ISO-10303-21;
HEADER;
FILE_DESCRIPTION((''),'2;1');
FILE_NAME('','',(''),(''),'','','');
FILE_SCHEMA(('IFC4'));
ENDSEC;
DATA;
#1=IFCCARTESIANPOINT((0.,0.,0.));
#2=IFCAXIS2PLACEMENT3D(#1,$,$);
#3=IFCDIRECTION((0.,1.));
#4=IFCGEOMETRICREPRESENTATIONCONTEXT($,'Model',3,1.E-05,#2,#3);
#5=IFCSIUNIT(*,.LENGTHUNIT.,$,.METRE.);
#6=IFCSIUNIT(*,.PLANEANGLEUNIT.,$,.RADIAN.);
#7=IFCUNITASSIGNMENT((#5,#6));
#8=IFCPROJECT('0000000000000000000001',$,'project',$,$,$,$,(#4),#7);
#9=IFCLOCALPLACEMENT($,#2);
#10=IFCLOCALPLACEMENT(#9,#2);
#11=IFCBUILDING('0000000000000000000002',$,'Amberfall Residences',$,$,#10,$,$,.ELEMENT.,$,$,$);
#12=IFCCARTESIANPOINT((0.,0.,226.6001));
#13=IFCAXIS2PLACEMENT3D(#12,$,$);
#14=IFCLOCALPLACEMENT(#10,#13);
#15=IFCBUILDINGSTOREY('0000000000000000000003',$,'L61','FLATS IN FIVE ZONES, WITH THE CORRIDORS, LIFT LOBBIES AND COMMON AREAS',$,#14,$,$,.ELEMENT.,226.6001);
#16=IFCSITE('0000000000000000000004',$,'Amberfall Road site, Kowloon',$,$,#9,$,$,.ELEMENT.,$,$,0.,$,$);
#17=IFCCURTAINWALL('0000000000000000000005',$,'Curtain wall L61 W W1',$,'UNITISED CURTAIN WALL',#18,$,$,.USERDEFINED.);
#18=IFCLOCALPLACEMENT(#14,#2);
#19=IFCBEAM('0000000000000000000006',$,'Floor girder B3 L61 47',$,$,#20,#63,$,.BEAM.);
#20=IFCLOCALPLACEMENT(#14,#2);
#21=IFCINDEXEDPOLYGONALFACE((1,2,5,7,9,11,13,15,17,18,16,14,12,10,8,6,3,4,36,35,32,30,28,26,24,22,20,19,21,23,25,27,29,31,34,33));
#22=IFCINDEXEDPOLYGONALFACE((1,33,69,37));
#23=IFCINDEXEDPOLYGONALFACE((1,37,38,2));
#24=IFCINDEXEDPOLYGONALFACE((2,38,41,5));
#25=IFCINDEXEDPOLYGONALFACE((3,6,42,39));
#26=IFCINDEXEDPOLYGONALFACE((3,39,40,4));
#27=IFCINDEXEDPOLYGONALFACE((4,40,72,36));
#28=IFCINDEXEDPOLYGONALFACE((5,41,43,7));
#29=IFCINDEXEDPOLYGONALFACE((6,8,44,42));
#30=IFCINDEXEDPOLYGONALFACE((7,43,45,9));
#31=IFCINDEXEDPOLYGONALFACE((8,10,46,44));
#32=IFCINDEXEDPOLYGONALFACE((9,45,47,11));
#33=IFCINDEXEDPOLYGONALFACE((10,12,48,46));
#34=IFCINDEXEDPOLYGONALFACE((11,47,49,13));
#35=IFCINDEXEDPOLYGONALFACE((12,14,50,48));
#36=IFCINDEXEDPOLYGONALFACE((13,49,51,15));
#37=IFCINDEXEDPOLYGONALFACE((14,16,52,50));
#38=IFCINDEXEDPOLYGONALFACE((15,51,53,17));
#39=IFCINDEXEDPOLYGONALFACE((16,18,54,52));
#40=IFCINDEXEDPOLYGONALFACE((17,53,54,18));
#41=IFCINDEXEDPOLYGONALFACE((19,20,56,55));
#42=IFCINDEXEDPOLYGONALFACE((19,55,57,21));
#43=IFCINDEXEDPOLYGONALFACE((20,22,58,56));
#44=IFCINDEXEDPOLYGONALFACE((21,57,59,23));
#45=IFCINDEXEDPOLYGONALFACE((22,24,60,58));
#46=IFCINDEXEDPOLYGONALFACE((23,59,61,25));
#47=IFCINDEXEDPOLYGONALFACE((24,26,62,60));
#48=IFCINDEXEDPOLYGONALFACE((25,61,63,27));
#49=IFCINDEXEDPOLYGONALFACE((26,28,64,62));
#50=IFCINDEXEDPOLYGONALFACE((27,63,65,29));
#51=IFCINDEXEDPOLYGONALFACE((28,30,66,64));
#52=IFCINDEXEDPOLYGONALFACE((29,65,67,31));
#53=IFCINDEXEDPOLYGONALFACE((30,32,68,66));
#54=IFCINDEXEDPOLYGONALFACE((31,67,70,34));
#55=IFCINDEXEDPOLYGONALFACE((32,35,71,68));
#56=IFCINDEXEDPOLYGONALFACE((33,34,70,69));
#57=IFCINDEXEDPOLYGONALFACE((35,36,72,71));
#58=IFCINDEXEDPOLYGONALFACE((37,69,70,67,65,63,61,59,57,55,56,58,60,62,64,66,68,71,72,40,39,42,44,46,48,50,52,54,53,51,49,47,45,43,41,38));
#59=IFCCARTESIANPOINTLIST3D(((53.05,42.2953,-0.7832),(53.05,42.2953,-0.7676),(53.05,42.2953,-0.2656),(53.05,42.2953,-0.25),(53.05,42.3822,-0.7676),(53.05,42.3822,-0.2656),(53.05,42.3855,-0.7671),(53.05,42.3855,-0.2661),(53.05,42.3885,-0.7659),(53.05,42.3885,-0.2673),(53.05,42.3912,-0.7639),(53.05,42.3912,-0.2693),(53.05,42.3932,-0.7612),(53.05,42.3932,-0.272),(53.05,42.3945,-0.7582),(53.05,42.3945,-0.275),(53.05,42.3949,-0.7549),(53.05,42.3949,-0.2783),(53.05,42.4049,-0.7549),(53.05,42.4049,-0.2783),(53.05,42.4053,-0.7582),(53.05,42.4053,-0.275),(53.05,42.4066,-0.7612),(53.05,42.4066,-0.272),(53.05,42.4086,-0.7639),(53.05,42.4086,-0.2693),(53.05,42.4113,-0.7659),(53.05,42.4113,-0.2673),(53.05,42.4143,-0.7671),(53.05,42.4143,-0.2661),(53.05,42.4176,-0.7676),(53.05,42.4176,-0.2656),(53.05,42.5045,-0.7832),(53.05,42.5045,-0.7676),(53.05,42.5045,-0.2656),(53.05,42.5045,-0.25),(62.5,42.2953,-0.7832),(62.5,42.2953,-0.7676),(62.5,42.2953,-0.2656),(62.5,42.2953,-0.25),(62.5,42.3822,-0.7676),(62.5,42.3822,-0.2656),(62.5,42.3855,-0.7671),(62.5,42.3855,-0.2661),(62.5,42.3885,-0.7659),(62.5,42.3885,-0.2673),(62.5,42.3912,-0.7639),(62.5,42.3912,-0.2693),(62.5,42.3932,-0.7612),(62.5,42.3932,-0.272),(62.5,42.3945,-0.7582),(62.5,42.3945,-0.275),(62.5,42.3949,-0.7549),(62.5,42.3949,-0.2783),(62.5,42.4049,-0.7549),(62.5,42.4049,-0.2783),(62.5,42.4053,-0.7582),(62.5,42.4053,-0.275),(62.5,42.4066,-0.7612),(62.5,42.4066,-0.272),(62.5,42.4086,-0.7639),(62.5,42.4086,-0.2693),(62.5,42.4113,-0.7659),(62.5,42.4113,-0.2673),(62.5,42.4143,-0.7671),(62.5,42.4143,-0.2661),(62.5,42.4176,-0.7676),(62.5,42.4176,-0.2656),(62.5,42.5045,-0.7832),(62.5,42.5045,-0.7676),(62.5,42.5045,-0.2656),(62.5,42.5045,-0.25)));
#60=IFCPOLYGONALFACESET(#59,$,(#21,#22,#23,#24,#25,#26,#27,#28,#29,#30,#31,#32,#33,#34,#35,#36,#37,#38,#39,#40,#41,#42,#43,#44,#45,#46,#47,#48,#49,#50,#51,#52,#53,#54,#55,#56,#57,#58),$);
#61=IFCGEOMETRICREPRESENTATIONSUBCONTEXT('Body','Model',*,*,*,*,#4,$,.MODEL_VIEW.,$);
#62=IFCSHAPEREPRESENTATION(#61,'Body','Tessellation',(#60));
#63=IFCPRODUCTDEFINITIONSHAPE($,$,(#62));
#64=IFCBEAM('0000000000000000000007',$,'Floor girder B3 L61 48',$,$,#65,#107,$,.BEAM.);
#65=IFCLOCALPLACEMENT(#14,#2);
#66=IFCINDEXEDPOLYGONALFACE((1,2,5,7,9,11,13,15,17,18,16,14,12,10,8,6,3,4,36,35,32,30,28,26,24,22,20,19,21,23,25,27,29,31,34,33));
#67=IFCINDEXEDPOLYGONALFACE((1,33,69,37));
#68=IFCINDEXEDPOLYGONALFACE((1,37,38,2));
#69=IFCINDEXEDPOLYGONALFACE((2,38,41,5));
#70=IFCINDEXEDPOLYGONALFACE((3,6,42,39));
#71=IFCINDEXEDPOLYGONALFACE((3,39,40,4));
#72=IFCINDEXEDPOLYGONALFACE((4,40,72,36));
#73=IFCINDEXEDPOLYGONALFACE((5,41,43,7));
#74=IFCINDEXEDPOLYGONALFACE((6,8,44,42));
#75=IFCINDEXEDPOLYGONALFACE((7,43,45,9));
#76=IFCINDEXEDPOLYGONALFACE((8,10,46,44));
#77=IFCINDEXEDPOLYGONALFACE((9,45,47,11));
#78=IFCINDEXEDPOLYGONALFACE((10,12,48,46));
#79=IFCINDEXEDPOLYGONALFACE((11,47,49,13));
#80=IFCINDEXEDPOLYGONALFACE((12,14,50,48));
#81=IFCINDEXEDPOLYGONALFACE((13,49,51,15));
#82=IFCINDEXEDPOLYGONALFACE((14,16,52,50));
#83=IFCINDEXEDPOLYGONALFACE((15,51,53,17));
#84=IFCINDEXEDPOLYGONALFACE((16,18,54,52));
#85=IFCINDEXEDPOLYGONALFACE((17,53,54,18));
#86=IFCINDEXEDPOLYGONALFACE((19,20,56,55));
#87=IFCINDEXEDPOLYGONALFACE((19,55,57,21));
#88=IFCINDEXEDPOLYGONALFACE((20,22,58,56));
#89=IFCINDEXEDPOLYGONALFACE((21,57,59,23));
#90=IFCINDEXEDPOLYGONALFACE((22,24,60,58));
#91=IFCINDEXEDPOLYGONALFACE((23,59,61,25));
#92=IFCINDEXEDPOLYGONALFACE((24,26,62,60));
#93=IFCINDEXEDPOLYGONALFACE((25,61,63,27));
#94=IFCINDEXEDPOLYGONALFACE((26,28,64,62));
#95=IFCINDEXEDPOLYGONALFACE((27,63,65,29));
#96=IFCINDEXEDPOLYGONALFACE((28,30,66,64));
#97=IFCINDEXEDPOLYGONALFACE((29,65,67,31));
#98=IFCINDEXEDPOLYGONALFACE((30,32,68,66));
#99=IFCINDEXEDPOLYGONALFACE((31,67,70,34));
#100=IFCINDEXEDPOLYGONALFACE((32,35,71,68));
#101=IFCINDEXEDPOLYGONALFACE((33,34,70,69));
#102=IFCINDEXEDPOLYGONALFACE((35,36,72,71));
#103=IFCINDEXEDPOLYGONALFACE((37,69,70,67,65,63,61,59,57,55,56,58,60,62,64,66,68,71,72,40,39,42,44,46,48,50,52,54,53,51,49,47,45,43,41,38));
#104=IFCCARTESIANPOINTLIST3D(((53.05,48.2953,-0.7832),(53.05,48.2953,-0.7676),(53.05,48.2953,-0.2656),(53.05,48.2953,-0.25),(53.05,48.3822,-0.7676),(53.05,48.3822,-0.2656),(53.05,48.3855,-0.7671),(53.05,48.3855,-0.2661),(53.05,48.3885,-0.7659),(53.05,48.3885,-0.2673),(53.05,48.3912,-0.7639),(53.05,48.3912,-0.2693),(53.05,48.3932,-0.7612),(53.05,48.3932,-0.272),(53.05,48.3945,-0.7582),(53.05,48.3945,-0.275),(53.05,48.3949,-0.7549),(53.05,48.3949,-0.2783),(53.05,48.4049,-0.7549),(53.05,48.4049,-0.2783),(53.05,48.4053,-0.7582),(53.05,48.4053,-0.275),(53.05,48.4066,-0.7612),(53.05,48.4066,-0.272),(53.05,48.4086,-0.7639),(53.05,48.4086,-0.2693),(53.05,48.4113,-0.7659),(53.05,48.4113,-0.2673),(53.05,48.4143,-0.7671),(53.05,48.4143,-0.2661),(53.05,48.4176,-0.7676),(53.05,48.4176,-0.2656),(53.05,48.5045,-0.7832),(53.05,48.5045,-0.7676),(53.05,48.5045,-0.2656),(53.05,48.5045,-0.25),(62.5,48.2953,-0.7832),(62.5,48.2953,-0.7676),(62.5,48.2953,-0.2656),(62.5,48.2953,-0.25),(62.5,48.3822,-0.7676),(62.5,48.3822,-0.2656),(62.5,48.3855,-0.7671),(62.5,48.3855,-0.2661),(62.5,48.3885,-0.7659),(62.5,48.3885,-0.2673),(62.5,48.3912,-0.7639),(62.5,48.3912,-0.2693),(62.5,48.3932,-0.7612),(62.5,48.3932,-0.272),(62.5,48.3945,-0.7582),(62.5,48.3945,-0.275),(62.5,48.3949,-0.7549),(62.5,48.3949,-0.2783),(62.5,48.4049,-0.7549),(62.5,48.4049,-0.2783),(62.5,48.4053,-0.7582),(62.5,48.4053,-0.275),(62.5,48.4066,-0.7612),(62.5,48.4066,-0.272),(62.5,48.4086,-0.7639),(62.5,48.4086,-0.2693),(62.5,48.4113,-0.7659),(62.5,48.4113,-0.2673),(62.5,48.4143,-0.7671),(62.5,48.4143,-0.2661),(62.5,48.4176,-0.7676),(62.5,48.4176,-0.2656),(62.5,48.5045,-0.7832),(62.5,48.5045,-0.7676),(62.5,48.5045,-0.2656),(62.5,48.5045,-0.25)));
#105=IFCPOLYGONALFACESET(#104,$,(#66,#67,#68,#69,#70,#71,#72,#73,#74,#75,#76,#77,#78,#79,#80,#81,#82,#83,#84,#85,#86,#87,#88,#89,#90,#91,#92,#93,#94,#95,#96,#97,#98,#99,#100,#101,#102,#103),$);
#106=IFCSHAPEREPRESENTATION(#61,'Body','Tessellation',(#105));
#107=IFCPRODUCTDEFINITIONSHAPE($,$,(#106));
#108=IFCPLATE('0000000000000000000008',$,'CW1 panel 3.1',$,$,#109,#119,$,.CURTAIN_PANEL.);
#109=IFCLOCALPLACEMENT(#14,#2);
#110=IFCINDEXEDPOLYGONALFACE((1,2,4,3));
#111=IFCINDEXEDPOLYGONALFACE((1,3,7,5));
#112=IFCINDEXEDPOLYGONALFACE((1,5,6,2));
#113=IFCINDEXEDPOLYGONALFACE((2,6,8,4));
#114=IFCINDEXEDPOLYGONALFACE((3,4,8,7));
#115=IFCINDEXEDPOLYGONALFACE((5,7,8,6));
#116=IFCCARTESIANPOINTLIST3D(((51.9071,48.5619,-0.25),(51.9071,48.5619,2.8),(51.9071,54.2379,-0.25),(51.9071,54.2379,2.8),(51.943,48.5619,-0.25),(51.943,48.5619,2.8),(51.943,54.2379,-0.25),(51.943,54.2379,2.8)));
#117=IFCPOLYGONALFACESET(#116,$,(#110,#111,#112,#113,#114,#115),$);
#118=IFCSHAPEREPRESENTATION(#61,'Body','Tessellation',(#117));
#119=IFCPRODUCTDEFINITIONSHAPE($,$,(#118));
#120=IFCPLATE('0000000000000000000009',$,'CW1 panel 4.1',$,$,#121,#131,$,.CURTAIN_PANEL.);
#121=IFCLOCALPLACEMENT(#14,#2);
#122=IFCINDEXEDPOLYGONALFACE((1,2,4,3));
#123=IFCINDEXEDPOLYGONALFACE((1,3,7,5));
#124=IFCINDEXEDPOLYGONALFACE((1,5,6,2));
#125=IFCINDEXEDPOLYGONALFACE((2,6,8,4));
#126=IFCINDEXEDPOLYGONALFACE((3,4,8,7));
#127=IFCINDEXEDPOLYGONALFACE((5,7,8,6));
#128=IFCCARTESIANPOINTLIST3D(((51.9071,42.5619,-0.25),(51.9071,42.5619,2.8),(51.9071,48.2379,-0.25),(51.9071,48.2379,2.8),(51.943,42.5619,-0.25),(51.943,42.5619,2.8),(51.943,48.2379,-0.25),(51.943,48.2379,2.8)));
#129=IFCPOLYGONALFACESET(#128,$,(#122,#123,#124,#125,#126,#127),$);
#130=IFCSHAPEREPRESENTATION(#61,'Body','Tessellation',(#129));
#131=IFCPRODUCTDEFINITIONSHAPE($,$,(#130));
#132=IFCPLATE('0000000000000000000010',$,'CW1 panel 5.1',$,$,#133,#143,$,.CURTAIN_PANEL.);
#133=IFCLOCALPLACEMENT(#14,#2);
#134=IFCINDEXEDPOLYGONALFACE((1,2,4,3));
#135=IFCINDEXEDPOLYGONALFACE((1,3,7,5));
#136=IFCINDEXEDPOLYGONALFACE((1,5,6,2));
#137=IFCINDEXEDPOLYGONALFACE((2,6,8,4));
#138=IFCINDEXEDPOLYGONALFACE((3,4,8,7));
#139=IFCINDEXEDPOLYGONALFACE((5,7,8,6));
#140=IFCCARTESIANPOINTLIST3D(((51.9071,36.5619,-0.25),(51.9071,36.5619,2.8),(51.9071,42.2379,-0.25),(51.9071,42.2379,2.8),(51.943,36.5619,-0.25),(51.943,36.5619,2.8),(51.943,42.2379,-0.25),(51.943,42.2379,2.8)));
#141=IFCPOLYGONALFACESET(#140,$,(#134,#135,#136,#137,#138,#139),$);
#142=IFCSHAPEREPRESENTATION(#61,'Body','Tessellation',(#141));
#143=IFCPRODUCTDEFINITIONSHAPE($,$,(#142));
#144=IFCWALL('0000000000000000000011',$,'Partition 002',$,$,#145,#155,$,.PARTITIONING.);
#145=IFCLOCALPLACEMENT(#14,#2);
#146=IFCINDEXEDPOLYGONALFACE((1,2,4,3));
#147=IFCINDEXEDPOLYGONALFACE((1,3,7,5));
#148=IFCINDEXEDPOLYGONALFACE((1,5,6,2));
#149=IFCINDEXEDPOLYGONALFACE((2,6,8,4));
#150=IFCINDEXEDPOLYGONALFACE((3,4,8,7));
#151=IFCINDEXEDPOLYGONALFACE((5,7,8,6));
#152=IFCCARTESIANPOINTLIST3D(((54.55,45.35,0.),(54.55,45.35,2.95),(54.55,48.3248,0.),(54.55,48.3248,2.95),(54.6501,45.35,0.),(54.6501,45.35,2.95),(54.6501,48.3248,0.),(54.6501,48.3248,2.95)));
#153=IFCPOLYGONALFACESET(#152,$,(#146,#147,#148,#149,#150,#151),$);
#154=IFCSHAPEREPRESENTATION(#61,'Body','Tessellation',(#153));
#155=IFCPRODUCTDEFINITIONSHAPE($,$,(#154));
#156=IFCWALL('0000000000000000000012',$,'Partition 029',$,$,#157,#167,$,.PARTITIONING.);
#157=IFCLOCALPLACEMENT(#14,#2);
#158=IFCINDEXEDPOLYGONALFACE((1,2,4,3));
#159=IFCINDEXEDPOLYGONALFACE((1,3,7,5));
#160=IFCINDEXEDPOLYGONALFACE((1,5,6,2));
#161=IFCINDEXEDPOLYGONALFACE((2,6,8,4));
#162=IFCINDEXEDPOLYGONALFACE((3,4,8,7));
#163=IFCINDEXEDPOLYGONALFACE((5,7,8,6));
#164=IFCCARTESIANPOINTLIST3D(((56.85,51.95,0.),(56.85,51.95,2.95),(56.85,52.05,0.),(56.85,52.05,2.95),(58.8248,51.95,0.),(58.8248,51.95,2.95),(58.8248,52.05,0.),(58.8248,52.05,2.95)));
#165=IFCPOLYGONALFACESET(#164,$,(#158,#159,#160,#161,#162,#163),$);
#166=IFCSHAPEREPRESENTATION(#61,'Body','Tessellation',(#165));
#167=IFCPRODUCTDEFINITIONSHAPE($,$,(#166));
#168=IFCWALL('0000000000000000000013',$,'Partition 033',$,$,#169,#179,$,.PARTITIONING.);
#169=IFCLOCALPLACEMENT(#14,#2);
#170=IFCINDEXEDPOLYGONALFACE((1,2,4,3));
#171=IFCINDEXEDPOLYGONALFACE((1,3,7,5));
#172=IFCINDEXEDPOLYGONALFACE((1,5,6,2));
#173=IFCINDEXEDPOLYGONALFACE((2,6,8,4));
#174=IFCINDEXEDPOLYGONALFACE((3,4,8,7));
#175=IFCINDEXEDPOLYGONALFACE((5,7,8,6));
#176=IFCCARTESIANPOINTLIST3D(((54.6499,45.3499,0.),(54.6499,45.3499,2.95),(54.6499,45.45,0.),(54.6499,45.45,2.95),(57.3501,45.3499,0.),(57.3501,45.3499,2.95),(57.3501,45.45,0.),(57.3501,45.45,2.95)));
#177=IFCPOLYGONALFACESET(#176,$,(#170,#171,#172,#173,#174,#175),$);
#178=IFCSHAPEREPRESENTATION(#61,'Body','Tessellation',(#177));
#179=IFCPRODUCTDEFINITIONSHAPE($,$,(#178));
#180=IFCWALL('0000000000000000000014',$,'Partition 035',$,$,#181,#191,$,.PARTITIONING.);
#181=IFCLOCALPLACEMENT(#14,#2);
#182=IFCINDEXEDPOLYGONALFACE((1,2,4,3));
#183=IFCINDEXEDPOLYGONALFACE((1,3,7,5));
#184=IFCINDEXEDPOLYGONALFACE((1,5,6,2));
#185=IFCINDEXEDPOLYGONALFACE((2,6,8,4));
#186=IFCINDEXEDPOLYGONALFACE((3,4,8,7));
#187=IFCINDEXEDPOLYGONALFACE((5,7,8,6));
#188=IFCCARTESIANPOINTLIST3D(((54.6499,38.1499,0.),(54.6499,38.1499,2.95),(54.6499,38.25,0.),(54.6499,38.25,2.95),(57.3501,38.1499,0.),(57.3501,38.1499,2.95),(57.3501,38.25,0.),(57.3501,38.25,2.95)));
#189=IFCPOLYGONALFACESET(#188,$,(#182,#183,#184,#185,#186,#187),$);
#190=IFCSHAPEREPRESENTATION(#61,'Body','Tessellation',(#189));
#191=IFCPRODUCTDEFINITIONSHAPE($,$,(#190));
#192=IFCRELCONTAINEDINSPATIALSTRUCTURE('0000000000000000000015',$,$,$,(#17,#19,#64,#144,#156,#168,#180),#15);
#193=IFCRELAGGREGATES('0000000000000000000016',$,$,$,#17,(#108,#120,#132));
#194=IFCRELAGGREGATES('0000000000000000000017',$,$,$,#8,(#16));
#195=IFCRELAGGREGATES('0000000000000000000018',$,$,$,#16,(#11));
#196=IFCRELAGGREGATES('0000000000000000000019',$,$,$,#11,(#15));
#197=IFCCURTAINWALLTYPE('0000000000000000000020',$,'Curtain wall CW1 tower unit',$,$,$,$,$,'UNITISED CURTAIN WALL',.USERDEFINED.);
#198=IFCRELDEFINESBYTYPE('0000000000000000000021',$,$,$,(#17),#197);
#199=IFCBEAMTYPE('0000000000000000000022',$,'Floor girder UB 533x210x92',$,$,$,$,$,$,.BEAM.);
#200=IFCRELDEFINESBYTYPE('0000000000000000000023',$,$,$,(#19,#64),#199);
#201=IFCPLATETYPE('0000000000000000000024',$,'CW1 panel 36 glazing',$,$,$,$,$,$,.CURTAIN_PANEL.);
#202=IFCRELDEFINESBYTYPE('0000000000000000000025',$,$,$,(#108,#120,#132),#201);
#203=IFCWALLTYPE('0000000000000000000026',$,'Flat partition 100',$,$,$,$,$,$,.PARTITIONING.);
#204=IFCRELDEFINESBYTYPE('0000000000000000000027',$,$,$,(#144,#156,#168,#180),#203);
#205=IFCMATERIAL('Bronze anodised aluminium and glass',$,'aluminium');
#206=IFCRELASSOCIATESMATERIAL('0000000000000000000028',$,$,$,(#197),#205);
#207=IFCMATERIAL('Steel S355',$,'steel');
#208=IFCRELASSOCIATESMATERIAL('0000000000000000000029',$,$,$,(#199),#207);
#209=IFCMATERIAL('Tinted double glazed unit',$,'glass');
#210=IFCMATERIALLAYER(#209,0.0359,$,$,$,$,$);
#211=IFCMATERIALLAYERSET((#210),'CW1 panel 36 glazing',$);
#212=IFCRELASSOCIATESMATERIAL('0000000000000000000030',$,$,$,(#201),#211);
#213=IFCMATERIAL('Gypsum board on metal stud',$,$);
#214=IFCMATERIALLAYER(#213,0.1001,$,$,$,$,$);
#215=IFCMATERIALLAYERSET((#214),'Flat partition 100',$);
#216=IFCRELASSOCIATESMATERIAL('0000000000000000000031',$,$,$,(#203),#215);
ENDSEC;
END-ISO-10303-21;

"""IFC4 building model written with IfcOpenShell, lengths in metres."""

from ifc_helpers import new_model, si_unit, direction, frame, frame_2d, origin, origin_2d, place, context, subcontext, project, spatial, rectangle, i_section, extrude, material, layer, layer_set, material_profile, profile_set, type_object, element, aggregate, save


model = new_model("IFC4")

# Units and contexts
model_context = context("Model", 3, precision=1e-05, world=origin(), true_north=direction((0.0, 1.0)))
body_context = subcontext(model_context, "Body", "Model", "MODEL_VIEW")
ifc_project = project(units=[si_unit("LENGTHUNIT", "METRE"), si_unit("PLANEANGLEUNIT", "RADIAN")], contexts=[model_context])

# Site, building, storey
site_placement = place(None, origin())
site = spatial("IfcSite", under=ifc_project, at=site_placement, Name="Amberfall Road site, Kowloon", CompositionType="ELEMENT", RefElevation=0.0)
building_placement = place(site_placement, origin())
building = spatial("IfcBuilding", under=site, at=building_placement, Name="Amberfall Residences", CompositionType="ELEMENT")
storey_placement = place(building_placement, frame((0.0, 0.0, 226.6001)))
storey = spatial("IfcBuildingStorey", under=building, at=storey_placement, Name="L61", Description="FLATS IN FIVE ZONES, WITH THE CORRIDORS, LIFT LOBBIES AND COMMON AREAS", CompositionType="ELEMENT", Elevation=226.6001)

# Curtain wall
ifc_material_1 = material(Name="Bronze anodised aluminium and glass", Category="aluminium")
curtain_wall_type = type_object("IfcCurtainWallType", Name="Curtain wall CW1 tower unit", ElementType="UNITISED CURTAIN WALL", PredefinedType="USERDEFINED", material=ifc_material_1)
curtain_wall_placement = place(storey_placement, origin())
curtain_wall = element("IfcCurtainWall", 1, at=curtain_wall_placement, inside=storey, type_object=curtain_wall_type, Name="Curtain wall L61 W W1", ObjectType="UNITISED CURTAIN WALL", PredefinedType="USERDEFINED")

# Shared definitions
ifc_material_2 = material(Name="Steel S355", Category="steel")

# Beams
ifc_material_profile_1 = material_profile(ifc_material_2, i_section(OverallWidth=0.2092, OverallDepth=0.5332, WebThickness=0.01, FlangeThickness=0.0156, FilletRadius=0.0127, at=origin_2d()), Name="UB 533x210x92")
ifc_profile_set_1 = profile_set([ifc_material_profile_1], Name="Steel S355")
beam_type_1 = type_object("IfcBeamType", Name="Floor girder UB 533x210x92", PredefinedType="BEAM", material=ifc_profile_set_1)
for number, where, z_axis, x_axis, name in (
    (2, (53.05, 42.3999, -0.5166), (1.0, 0.0, 0.0), (0.0, 1.0, 0.0), "Floor girder B3 L61 47"),
    (3, (53.05, 48.3999, -0.5166), (1.0, 0.0, 0.0), (0.0, 1.0, 0.0), "Floor girder B3 L61 48"),
):
    element("IfcBeam", number, at=place(storey_placement, frame(where, z_axis=z_axis, x_axis=x_axis)), inside=storey, type_object=beam_type_1, Name=name, PredefinedType="BEAM", context=body_context, shape_type="SweptSolid", body=[
        extrude(i_section(OverallWidth=0.2092, OverallDepth=0.5332, WebThickness=0.01, FlangeThickness=0.0156, FilletRadius=0.0127, at=origin_2d()), origin(), (0.0, 0.0, 1.0), 9.45),
    ])

# Plates
ifc_material_3 = material(Name="Tinted double glazed unit", Category="glass")
ifc_layer_1 = layer(ifc_material_3, 0.0359)
ifc_layer_set_1 = layer_set([ifc_layer_1], Name="CW1 panel 36 glazing")
plate_type = type_object("IfcPlateType", Name="CW1 panel 36 glazing", PredefinedType="CURTAIN_PANEL", material=ifc_layer_set_1)
plate_1_placement = place(storey_placement, frame((51.925, 51.3999, -0.25), z_axis=(0.0, 0.0, 1.0), x_axis=(0.0, -1.0, 0.0)))
plate_1 = element("IfcPlate", 4, at=plate_1_placement, type_object=plate_type, Name="CW1 panel 3.1", PredefinedType="CURTAIN_PANEL", context=body_context, shape_type="SweptSolid", body=[
    extrude(rectangle(XDim=5.676, YDim=0.0359, at=origin_2d()), origin(), (0.0, 0.0, 1.0), 3.05),
])
plate_2_placement = place(storey_placement, frame((51.925, 45.3999, -0.25), z_axis=(0.0, 0.0, 1.0), x_axis=(0.0, -1.0, 0.0)))
plate_2 = element("IfcPlate", 5, at=plate_2_placement, type_object=plate_type, Name="CW1 panel 4.1", PredefinedType="CURTAIN_PANEL", context=body_context, shape_type="SweptSolid", body=[
    extrude(rectangle(XDim=5.676, YDim=0.0359, at=origin_2d()), origin(), (0.0, 0.0, 1.0), 3.05),
])
plate_3_placement = place(storey_placement, frame((51.925, 39.3999, -0.25), z_axis=(0.0, 0.0, 1.0), x_axis=(0.0, -1.0, 0.0)))
plate_3 = element("IfcPlate", 6, at=plate_3_placement, type_object=plate_type, Name="CW1 panel 5.1", PredefinedType="CURTAIN_PANEL", context=body_context, shape_type="SweptSolid", body=[
    extrude(rectangle(XDim=5.676, YDim=0.0359, at=origin_2d()), origin(), (0.0, 0.0, 1.0), 3.05),
])
aggregate(curtain_wall, [plate_1, plate_2, plate_3])

# Walls
ifc_material_4 = material(Name="Gypsum board on metal stud")
ifc_layer_2 = layer(ifc_material_4, 0.1001)
ifc_layer_set_2 = layer_set([ifc_layer_2], Name="Flat partition 100")
wall_type_1 = type_object("IfcWallType", Name="Flat partition 100", PredefinedType="PARTITIONING", material=ifc_layer_set_2)
wall_1_placement = place(storey_placement, frame((54.6001, 45.3501, 0.0), z_axis=(0.0, 0.0, 1.0), x_axis=(0.0, 1.0, 0.0)))
element("IfcWall", 7, at=wall_1_placement, inside=storey, type_object=wall_type_1, Name="Partition 002", PredefinedType="PARTITIONING", context=body_context, shape_type="SweptSolid", body=[
    extrude(rectangle(XDim=2.9749, YDim=0.1001, at=frame_2d((1.4873, 0.0))), origin(), (0.0, 0.0, 1.0), 2.95),
])
wall_2_placement = place(storey_placement, frame((56.8501, 52.0, 0.0), z_axis=(0.0, 0.0, 1.0), x_axis=(1.0, 0.0, 0.0)))
element("IfcWall", 8, at=wall_2_placement, inside=storey, type_object=wall_type_1, Name="Partition 029", PredefinedType="PARTITIONING", context=body_context, shape_type="SweptSolid", body=[
    extrude(rectangle(XDim=1.9749, YDim=0.1001, at=frame_2d((0.9873, 0.0))), origin(), (0.0, 0.0, 1.0), 2.95),
])
for number, where, z_axis, x_axis, name in (
    (9, (54.6499, 45.3999, 0.0), (0.0, 0.0, 1.0), (1.0, 0.0, 0.0), "Partition 033"),
    (10, (54.6499, 38.2, 0.0), (0.0, 0.0, 1.0), (1.0, 0.0, 0.0), "Partition 035"),
):
    element("IfcWall", number, at=place(storey_placement, frame(where, z_axis=z_axis, x_axis=x_axis)), inside=storey, type_object=wall_type_1, Name=name, PredefinedType="PARTITIONING", context=body_context, shape_type="SweptSolid", body=[
        extrude(rectangle(XDim=2.7002, YDim=0.1001, at=frame_2d((1.3501, 0.0))), origin(), (0.0, 0.0, 1.0), 2.95),
    ])

save(model, "model.ifc")
